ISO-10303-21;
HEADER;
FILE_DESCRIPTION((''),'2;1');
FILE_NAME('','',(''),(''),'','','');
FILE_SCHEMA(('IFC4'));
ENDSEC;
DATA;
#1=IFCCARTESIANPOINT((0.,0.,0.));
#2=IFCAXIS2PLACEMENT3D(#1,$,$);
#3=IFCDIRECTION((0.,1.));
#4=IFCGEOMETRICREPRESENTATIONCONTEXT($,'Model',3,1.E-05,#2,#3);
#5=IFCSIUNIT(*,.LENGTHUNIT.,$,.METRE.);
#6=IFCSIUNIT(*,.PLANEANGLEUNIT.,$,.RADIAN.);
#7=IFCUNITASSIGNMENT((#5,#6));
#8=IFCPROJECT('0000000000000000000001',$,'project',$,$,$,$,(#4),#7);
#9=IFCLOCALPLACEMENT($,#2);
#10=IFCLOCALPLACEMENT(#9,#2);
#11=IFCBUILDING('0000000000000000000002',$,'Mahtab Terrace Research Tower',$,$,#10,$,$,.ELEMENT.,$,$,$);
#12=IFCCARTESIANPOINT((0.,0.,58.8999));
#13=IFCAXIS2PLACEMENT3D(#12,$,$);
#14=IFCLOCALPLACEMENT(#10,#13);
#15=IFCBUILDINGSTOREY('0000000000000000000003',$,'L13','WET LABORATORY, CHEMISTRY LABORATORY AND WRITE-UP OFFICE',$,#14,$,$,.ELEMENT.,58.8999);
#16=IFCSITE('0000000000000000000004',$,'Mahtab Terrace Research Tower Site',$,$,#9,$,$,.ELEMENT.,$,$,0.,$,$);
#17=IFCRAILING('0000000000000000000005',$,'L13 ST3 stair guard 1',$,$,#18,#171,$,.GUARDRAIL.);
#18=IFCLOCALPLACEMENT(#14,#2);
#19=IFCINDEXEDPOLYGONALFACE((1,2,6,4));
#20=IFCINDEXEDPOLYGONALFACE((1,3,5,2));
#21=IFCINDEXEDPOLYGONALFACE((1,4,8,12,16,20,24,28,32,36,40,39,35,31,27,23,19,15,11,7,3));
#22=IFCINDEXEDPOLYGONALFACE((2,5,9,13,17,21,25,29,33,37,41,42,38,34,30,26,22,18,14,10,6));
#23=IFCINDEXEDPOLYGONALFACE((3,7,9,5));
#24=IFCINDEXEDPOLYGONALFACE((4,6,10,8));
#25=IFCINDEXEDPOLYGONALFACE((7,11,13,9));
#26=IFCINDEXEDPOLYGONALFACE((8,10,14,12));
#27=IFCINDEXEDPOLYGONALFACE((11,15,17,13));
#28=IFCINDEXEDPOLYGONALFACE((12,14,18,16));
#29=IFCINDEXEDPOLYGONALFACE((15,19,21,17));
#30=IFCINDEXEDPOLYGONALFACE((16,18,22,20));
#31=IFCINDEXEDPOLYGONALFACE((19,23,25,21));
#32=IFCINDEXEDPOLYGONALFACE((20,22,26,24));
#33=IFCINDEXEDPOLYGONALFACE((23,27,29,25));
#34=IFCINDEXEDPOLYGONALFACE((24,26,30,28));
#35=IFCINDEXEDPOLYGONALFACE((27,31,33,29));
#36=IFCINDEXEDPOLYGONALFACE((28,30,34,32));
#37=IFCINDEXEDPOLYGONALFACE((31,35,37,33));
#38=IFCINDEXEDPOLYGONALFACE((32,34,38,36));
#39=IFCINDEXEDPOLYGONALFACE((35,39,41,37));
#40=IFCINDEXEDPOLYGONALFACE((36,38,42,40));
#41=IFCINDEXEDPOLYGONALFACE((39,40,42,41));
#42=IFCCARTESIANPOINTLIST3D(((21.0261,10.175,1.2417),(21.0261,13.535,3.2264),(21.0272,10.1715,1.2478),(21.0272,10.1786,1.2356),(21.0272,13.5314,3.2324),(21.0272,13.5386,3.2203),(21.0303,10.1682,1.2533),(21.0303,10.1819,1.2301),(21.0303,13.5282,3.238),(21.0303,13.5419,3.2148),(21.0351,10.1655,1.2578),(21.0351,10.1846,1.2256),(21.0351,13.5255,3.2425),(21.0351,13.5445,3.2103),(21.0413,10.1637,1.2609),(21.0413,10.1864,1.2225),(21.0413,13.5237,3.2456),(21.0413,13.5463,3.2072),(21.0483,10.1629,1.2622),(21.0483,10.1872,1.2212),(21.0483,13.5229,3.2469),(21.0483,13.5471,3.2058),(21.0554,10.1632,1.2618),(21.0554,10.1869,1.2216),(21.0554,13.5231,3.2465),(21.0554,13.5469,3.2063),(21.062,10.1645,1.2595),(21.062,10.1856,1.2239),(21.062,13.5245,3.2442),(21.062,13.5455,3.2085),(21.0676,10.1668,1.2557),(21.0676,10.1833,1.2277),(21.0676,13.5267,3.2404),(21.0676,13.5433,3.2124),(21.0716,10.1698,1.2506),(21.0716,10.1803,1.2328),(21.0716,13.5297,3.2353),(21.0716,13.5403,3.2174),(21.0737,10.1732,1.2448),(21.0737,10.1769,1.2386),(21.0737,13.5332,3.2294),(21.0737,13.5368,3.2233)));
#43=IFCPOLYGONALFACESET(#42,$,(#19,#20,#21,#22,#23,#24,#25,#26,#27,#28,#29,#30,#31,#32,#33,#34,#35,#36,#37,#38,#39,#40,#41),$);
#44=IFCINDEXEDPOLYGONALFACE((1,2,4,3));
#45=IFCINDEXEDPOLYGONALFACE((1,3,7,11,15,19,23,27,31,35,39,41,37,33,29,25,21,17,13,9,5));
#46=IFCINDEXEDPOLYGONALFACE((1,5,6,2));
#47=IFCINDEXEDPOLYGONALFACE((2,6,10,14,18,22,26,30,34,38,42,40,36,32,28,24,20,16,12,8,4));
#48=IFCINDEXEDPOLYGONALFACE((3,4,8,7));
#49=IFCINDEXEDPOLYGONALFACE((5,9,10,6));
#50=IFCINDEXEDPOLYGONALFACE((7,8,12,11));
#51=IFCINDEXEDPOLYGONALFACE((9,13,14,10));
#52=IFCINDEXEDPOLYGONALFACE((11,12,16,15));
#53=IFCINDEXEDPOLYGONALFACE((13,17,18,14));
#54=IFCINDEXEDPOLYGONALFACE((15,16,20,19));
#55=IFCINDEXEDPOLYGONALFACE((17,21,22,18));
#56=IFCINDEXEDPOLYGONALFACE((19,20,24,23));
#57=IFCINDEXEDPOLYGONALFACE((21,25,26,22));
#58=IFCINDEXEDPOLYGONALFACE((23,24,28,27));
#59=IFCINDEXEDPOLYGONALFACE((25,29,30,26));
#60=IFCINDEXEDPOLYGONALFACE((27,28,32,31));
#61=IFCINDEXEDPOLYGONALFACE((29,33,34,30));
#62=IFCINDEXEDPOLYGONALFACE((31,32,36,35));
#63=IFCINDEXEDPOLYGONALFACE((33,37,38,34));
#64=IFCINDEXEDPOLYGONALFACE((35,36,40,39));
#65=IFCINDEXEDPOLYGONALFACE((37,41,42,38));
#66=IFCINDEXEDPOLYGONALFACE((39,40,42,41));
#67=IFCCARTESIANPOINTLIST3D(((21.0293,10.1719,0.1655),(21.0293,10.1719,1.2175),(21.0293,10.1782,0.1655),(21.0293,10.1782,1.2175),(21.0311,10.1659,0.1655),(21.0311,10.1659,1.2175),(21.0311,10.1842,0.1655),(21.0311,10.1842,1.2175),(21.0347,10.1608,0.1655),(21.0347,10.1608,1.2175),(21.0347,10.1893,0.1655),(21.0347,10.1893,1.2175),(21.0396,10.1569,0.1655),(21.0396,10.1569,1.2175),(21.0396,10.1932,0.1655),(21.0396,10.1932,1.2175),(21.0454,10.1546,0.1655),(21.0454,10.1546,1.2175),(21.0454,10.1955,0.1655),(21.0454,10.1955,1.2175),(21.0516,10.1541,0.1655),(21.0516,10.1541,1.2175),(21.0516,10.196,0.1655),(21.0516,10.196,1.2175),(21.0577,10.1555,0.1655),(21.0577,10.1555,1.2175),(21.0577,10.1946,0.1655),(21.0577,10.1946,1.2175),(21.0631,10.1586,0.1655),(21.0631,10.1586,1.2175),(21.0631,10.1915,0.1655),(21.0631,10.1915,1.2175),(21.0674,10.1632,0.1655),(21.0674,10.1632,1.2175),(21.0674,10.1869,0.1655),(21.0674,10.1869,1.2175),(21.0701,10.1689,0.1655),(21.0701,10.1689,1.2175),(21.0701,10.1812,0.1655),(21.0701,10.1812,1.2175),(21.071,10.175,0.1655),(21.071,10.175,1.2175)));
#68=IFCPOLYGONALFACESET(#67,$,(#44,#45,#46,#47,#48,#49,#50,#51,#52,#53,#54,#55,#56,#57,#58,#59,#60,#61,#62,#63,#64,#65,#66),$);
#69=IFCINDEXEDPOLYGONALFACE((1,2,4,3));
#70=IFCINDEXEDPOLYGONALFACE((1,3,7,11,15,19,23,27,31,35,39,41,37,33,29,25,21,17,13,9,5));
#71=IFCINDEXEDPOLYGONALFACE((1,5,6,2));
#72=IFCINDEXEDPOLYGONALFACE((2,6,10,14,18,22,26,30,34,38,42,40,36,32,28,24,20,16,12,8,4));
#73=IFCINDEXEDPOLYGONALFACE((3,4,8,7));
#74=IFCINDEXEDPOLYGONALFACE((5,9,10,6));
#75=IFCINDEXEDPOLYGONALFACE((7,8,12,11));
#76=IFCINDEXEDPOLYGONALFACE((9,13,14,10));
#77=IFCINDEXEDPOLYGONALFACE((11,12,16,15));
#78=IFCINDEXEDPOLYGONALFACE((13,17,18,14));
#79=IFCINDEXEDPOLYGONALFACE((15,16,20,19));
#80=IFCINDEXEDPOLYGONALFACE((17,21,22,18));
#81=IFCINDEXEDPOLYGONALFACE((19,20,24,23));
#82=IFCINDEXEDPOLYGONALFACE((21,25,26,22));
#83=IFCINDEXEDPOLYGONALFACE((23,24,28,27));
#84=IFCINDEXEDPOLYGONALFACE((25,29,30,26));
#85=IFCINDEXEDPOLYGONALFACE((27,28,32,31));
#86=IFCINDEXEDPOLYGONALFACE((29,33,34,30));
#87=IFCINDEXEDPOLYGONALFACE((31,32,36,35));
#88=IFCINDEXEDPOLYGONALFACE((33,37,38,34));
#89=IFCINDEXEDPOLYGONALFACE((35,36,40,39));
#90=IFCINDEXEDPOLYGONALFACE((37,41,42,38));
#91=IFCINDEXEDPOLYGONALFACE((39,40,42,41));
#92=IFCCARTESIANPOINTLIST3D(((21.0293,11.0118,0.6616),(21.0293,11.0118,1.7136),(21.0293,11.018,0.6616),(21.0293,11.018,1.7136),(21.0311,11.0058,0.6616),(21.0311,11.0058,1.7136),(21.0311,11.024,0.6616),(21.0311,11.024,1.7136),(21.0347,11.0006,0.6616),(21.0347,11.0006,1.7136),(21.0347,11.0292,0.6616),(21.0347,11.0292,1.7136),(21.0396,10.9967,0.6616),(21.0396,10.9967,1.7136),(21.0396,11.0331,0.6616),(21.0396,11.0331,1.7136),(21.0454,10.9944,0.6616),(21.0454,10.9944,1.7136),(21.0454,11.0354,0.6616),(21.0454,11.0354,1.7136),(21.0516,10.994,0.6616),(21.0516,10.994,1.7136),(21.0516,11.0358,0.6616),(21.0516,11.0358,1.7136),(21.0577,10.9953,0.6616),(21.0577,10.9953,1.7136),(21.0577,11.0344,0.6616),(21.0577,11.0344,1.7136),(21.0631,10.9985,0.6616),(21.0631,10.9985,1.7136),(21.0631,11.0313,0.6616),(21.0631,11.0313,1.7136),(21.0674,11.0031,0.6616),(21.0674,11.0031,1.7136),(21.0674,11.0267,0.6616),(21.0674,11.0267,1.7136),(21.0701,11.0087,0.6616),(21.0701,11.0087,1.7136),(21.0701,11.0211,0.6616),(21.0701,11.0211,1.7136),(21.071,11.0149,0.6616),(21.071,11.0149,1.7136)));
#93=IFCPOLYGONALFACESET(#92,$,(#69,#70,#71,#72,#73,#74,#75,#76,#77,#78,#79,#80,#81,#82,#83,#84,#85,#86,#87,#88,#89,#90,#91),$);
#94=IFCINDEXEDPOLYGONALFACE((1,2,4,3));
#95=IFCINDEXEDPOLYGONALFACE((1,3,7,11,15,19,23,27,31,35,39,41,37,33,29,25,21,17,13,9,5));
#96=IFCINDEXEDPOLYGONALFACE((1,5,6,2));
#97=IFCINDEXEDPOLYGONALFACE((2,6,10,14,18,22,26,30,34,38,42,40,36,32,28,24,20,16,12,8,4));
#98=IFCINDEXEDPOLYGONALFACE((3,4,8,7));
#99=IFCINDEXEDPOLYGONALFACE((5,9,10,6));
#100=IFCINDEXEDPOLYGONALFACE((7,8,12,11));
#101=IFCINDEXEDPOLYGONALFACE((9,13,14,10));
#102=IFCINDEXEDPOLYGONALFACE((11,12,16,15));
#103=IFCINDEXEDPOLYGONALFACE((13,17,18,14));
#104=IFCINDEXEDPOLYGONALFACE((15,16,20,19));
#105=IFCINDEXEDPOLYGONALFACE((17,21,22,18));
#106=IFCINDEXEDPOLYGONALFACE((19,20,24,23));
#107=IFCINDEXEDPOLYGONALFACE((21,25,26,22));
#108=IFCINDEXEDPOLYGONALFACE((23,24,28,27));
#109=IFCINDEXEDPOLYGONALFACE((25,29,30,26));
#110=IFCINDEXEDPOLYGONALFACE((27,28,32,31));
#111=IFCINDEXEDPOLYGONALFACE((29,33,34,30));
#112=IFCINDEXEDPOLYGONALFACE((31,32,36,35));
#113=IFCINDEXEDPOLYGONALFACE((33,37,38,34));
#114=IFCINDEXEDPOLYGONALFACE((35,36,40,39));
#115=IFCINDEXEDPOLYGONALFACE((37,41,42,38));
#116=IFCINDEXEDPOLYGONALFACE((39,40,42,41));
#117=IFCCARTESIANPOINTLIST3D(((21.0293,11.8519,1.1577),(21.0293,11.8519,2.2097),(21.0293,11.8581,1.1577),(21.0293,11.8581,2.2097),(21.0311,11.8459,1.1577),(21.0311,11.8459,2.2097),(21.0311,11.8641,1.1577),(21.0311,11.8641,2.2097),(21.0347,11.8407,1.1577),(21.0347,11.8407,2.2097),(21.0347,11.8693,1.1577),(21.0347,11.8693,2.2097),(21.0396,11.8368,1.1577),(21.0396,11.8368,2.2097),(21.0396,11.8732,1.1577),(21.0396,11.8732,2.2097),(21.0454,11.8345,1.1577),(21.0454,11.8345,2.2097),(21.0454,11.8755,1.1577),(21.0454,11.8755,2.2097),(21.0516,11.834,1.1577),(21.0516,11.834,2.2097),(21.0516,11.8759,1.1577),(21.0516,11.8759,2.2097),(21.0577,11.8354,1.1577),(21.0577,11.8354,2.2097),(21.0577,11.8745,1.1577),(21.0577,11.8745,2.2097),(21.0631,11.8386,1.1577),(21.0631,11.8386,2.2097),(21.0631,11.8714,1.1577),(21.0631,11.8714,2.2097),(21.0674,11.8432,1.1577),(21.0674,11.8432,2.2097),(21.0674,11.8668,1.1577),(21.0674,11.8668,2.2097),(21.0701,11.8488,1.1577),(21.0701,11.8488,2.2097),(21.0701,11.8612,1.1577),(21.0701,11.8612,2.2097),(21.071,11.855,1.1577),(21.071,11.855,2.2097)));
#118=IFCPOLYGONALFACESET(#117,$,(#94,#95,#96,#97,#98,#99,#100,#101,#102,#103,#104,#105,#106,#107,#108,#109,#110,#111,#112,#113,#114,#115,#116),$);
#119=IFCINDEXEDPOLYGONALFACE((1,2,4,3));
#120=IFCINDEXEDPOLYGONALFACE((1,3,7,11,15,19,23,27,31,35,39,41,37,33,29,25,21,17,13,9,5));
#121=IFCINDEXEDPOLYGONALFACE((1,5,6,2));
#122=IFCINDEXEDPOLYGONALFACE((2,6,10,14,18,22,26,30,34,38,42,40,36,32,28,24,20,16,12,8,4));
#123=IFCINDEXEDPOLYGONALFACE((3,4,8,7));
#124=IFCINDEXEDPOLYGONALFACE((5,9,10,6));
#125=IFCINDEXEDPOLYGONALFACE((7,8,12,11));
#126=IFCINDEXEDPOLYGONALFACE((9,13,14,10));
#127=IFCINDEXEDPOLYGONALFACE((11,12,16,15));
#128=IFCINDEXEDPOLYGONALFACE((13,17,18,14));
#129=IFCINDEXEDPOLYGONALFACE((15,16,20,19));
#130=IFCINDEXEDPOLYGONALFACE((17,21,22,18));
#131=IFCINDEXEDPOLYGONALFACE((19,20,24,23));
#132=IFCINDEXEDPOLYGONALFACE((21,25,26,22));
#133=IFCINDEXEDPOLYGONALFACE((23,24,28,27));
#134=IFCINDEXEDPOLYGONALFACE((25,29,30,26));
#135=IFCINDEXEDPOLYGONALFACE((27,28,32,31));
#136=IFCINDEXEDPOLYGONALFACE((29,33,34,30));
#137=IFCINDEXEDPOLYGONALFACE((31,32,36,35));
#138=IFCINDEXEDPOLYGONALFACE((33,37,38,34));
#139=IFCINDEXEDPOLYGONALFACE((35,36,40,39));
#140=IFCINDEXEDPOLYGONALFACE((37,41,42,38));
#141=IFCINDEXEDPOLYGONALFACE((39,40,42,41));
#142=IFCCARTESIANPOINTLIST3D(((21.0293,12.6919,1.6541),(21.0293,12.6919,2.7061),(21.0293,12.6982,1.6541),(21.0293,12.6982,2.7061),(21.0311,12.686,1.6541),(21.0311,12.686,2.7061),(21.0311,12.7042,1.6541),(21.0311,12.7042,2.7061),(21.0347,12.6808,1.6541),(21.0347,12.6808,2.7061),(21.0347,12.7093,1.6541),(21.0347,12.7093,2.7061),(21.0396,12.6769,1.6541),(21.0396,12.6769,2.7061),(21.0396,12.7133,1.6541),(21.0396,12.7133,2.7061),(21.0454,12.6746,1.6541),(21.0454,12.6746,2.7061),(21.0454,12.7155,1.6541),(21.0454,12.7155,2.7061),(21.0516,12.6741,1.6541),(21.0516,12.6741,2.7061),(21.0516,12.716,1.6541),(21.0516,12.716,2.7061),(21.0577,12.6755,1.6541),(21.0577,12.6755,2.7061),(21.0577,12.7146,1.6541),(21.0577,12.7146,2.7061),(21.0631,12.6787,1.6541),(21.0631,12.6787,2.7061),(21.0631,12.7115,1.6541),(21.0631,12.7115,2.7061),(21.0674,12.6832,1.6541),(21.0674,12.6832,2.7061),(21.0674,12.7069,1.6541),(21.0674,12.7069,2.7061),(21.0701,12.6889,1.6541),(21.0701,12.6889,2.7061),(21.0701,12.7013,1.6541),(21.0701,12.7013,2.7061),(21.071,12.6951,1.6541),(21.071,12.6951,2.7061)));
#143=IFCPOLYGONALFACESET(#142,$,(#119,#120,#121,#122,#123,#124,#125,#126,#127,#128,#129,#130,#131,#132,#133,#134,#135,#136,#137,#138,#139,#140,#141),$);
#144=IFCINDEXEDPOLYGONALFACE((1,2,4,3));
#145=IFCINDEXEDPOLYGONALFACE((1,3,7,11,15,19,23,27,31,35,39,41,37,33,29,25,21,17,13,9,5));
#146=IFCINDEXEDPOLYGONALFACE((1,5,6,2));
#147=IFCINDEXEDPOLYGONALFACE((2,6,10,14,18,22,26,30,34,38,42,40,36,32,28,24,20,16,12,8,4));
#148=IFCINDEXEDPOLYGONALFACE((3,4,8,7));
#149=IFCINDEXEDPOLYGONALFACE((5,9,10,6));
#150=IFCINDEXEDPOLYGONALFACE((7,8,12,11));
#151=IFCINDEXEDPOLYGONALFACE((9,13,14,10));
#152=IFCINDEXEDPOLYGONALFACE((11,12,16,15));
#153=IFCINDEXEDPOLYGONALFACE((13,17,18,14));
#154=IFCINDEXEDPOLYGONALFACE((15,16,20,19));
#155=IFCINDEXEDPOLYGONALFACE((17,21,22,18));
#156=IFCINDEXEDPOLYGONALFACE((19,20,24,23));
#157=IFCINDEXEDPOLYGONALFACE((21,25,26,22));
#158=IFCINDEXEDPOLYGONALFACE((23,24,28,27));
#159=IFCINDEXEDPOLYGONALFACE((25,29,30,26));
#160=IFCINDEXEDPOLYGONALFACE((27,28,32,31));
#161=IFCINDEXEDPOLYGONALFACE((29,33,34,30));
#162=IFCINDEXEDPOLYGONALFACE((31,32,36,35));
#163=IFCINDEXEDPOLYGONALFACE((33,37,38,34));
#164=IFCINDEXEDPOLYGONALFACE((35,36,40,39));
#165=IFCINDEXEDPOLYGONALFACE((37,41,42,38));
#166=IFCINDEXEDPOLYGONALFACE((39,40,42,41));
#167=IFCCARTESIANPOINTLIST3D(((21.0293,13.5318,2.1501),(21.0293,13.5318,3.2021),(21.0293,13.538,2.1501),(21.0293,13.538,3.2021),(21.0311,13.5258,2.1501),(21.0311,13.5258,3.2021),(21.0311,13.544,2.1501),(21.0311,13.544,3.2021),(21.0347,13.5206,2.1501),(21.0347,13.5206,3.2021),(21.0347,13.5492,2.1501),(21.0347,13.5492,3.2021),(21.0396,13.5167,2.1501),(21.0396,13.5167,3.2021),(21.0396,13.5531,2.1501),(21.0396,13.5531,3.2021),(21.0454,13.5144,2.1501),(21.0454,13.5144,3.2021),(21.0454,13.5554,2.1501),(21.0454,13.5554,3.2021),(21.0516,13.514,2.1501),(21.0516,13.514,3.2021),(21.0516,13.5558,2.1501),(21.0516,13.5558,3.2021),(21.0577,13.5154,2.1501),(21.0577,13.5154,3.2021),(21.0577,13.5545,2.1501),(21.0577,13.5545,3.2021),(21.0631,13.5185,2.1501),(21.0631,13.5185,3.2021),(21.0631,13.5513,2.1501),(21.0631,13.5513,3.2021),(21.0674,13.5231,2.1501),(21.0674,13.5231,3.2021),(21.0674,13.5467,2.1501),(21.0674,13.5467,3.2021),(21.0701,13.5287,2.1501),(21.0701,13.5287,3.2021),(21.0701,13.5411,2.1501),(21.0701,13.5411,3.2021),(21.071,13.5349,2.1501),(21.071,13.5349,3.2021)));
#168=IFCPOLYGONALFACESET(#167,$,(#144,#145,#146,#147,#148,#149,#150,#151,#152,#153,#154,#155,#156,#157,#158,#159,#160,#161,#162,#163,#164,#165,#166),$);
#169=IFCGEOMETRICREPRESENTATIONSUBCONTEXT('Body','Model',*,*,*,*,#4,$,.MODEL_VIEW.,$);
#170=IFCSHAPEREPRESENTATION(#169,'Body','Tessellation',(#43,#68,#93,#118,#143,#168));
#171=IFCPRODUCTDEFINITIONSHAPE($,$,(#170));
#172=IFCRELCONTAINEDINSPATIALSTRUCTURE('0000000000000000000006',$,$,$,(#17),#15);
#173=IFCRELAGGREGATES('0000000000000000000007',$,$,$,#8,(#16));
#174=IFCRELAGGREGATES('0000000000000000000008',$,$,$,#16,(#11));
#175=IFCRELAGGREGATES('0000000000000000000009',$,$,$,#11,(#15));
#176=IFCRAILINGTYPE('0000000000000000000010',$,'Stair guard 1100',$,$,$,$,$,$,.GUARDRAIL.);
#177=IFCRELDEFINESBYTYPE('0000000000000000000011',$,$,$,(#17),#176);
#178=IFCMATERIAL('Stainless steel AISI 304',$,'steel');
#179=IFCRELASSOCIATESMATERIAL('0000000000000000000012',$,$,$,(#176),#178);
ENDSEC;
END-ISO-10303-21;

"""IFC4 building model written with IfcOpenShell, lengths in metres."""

from ifc_helpers import new_model, si_unit, direction, frame, origin, origin_2d, place, context, subcontext, project, spatial, circle, extrude, material, type_object, element, save


model = new_model("IFC4")

# Units and contexts
model_context = context("Model", 3, precision=1e-05, world=origin(), true_north=direction((0.0, 1.0)))
body_context = subcontext(model_context, "Body", "Model", "MODEL_VIEW")
ifc_project = project(units=[si_unit("LENGTHUNIT", "METRE"), si_unit("PLANEANGLEUNIT", "RADIAN")], contexts=[model_context])

# Site, building, storey
site_placement = place(None, origin())
site = spatial("IfcSite", under=ifc_project, at=site_placement, Name="Mahtab Terrace Research Tower Site", CompositionType="ELEMENT", RefElevation=0.0)
building_placement = place(site_placement, origin())
building = spatial("IfcBuilding", under=site, at=building_placement, Name="Mahtab Terrace Research Tower", CompositionType="ELEMENT")
storey_placement = place(building_placement, frame((0.0, 0.0, 58.8999)))
storey = spatial("IfcBuildingStorey", under=building, at=storey_placement, Name="L13", Description="WET LABORATORY, CHEMISTRY LABORATORY AND WRITE-UP OFFICE", CompositionType="ELEMENT", Elevation=58.8999)

# Railing
ifc_material_1 = material(Name="Stainless steel AISI 304", Category="steel")
railing_type_1 = type_object("IfcRailingType", Name="Stair guard 1100", PredefinedType="GUARDRAIL", material=ifc_material_1)
railing_1_placement = place(storey_placement, frame((21.05, 10.175, 0.1655)))
element("IfcRailing", 1, at=railing_1_placement, inside=storey, type_object=railing_type_1, Name="L13 ST3 stair guard 1", PredefinedType="GUARDRAIL", context=body_context, shape_type="SweptSolid", body=[
    extrude(circle(Radius=0.0239, at=origin_2d()), frame((0.0, 0.0, 1.0762), z_axis=(0.0, 0.861011, 0.508586), x_axis=(-1.0, 0.0, 0.0)), (0.0, 0.0, 1.0), 3.9023),
    extrude(circle(Radius=0.021, at=origin_2d()), origin(), (0.0, 0.0, 1.0), 1.052),
    extrude(circle(Radius=0.021, at=origin_2d()), frame((0.0, 0.8398, 0.4961)), (0.0, 0.0, 1.0), 1.052),
    extrude(circle(Radius=0.021, at=origin_2d()), frame((0.0, 1.6799, 0.9922)), (0.0, 0.0, 1.0), 1.052),
    extrude(circle(Radius=0.021, at=origin_2d()), frame((0.0, 2.52, 1.4885)), (0.0, 0.0, 1.0), 1.052),
    extrude(circle(Radius=0.021, at=origin_2d()), frame((0.0, 3.3599, 1.9846)), (0.0, 0.0, 1.0), 1.052),
])

save(model, "model.ifc")
